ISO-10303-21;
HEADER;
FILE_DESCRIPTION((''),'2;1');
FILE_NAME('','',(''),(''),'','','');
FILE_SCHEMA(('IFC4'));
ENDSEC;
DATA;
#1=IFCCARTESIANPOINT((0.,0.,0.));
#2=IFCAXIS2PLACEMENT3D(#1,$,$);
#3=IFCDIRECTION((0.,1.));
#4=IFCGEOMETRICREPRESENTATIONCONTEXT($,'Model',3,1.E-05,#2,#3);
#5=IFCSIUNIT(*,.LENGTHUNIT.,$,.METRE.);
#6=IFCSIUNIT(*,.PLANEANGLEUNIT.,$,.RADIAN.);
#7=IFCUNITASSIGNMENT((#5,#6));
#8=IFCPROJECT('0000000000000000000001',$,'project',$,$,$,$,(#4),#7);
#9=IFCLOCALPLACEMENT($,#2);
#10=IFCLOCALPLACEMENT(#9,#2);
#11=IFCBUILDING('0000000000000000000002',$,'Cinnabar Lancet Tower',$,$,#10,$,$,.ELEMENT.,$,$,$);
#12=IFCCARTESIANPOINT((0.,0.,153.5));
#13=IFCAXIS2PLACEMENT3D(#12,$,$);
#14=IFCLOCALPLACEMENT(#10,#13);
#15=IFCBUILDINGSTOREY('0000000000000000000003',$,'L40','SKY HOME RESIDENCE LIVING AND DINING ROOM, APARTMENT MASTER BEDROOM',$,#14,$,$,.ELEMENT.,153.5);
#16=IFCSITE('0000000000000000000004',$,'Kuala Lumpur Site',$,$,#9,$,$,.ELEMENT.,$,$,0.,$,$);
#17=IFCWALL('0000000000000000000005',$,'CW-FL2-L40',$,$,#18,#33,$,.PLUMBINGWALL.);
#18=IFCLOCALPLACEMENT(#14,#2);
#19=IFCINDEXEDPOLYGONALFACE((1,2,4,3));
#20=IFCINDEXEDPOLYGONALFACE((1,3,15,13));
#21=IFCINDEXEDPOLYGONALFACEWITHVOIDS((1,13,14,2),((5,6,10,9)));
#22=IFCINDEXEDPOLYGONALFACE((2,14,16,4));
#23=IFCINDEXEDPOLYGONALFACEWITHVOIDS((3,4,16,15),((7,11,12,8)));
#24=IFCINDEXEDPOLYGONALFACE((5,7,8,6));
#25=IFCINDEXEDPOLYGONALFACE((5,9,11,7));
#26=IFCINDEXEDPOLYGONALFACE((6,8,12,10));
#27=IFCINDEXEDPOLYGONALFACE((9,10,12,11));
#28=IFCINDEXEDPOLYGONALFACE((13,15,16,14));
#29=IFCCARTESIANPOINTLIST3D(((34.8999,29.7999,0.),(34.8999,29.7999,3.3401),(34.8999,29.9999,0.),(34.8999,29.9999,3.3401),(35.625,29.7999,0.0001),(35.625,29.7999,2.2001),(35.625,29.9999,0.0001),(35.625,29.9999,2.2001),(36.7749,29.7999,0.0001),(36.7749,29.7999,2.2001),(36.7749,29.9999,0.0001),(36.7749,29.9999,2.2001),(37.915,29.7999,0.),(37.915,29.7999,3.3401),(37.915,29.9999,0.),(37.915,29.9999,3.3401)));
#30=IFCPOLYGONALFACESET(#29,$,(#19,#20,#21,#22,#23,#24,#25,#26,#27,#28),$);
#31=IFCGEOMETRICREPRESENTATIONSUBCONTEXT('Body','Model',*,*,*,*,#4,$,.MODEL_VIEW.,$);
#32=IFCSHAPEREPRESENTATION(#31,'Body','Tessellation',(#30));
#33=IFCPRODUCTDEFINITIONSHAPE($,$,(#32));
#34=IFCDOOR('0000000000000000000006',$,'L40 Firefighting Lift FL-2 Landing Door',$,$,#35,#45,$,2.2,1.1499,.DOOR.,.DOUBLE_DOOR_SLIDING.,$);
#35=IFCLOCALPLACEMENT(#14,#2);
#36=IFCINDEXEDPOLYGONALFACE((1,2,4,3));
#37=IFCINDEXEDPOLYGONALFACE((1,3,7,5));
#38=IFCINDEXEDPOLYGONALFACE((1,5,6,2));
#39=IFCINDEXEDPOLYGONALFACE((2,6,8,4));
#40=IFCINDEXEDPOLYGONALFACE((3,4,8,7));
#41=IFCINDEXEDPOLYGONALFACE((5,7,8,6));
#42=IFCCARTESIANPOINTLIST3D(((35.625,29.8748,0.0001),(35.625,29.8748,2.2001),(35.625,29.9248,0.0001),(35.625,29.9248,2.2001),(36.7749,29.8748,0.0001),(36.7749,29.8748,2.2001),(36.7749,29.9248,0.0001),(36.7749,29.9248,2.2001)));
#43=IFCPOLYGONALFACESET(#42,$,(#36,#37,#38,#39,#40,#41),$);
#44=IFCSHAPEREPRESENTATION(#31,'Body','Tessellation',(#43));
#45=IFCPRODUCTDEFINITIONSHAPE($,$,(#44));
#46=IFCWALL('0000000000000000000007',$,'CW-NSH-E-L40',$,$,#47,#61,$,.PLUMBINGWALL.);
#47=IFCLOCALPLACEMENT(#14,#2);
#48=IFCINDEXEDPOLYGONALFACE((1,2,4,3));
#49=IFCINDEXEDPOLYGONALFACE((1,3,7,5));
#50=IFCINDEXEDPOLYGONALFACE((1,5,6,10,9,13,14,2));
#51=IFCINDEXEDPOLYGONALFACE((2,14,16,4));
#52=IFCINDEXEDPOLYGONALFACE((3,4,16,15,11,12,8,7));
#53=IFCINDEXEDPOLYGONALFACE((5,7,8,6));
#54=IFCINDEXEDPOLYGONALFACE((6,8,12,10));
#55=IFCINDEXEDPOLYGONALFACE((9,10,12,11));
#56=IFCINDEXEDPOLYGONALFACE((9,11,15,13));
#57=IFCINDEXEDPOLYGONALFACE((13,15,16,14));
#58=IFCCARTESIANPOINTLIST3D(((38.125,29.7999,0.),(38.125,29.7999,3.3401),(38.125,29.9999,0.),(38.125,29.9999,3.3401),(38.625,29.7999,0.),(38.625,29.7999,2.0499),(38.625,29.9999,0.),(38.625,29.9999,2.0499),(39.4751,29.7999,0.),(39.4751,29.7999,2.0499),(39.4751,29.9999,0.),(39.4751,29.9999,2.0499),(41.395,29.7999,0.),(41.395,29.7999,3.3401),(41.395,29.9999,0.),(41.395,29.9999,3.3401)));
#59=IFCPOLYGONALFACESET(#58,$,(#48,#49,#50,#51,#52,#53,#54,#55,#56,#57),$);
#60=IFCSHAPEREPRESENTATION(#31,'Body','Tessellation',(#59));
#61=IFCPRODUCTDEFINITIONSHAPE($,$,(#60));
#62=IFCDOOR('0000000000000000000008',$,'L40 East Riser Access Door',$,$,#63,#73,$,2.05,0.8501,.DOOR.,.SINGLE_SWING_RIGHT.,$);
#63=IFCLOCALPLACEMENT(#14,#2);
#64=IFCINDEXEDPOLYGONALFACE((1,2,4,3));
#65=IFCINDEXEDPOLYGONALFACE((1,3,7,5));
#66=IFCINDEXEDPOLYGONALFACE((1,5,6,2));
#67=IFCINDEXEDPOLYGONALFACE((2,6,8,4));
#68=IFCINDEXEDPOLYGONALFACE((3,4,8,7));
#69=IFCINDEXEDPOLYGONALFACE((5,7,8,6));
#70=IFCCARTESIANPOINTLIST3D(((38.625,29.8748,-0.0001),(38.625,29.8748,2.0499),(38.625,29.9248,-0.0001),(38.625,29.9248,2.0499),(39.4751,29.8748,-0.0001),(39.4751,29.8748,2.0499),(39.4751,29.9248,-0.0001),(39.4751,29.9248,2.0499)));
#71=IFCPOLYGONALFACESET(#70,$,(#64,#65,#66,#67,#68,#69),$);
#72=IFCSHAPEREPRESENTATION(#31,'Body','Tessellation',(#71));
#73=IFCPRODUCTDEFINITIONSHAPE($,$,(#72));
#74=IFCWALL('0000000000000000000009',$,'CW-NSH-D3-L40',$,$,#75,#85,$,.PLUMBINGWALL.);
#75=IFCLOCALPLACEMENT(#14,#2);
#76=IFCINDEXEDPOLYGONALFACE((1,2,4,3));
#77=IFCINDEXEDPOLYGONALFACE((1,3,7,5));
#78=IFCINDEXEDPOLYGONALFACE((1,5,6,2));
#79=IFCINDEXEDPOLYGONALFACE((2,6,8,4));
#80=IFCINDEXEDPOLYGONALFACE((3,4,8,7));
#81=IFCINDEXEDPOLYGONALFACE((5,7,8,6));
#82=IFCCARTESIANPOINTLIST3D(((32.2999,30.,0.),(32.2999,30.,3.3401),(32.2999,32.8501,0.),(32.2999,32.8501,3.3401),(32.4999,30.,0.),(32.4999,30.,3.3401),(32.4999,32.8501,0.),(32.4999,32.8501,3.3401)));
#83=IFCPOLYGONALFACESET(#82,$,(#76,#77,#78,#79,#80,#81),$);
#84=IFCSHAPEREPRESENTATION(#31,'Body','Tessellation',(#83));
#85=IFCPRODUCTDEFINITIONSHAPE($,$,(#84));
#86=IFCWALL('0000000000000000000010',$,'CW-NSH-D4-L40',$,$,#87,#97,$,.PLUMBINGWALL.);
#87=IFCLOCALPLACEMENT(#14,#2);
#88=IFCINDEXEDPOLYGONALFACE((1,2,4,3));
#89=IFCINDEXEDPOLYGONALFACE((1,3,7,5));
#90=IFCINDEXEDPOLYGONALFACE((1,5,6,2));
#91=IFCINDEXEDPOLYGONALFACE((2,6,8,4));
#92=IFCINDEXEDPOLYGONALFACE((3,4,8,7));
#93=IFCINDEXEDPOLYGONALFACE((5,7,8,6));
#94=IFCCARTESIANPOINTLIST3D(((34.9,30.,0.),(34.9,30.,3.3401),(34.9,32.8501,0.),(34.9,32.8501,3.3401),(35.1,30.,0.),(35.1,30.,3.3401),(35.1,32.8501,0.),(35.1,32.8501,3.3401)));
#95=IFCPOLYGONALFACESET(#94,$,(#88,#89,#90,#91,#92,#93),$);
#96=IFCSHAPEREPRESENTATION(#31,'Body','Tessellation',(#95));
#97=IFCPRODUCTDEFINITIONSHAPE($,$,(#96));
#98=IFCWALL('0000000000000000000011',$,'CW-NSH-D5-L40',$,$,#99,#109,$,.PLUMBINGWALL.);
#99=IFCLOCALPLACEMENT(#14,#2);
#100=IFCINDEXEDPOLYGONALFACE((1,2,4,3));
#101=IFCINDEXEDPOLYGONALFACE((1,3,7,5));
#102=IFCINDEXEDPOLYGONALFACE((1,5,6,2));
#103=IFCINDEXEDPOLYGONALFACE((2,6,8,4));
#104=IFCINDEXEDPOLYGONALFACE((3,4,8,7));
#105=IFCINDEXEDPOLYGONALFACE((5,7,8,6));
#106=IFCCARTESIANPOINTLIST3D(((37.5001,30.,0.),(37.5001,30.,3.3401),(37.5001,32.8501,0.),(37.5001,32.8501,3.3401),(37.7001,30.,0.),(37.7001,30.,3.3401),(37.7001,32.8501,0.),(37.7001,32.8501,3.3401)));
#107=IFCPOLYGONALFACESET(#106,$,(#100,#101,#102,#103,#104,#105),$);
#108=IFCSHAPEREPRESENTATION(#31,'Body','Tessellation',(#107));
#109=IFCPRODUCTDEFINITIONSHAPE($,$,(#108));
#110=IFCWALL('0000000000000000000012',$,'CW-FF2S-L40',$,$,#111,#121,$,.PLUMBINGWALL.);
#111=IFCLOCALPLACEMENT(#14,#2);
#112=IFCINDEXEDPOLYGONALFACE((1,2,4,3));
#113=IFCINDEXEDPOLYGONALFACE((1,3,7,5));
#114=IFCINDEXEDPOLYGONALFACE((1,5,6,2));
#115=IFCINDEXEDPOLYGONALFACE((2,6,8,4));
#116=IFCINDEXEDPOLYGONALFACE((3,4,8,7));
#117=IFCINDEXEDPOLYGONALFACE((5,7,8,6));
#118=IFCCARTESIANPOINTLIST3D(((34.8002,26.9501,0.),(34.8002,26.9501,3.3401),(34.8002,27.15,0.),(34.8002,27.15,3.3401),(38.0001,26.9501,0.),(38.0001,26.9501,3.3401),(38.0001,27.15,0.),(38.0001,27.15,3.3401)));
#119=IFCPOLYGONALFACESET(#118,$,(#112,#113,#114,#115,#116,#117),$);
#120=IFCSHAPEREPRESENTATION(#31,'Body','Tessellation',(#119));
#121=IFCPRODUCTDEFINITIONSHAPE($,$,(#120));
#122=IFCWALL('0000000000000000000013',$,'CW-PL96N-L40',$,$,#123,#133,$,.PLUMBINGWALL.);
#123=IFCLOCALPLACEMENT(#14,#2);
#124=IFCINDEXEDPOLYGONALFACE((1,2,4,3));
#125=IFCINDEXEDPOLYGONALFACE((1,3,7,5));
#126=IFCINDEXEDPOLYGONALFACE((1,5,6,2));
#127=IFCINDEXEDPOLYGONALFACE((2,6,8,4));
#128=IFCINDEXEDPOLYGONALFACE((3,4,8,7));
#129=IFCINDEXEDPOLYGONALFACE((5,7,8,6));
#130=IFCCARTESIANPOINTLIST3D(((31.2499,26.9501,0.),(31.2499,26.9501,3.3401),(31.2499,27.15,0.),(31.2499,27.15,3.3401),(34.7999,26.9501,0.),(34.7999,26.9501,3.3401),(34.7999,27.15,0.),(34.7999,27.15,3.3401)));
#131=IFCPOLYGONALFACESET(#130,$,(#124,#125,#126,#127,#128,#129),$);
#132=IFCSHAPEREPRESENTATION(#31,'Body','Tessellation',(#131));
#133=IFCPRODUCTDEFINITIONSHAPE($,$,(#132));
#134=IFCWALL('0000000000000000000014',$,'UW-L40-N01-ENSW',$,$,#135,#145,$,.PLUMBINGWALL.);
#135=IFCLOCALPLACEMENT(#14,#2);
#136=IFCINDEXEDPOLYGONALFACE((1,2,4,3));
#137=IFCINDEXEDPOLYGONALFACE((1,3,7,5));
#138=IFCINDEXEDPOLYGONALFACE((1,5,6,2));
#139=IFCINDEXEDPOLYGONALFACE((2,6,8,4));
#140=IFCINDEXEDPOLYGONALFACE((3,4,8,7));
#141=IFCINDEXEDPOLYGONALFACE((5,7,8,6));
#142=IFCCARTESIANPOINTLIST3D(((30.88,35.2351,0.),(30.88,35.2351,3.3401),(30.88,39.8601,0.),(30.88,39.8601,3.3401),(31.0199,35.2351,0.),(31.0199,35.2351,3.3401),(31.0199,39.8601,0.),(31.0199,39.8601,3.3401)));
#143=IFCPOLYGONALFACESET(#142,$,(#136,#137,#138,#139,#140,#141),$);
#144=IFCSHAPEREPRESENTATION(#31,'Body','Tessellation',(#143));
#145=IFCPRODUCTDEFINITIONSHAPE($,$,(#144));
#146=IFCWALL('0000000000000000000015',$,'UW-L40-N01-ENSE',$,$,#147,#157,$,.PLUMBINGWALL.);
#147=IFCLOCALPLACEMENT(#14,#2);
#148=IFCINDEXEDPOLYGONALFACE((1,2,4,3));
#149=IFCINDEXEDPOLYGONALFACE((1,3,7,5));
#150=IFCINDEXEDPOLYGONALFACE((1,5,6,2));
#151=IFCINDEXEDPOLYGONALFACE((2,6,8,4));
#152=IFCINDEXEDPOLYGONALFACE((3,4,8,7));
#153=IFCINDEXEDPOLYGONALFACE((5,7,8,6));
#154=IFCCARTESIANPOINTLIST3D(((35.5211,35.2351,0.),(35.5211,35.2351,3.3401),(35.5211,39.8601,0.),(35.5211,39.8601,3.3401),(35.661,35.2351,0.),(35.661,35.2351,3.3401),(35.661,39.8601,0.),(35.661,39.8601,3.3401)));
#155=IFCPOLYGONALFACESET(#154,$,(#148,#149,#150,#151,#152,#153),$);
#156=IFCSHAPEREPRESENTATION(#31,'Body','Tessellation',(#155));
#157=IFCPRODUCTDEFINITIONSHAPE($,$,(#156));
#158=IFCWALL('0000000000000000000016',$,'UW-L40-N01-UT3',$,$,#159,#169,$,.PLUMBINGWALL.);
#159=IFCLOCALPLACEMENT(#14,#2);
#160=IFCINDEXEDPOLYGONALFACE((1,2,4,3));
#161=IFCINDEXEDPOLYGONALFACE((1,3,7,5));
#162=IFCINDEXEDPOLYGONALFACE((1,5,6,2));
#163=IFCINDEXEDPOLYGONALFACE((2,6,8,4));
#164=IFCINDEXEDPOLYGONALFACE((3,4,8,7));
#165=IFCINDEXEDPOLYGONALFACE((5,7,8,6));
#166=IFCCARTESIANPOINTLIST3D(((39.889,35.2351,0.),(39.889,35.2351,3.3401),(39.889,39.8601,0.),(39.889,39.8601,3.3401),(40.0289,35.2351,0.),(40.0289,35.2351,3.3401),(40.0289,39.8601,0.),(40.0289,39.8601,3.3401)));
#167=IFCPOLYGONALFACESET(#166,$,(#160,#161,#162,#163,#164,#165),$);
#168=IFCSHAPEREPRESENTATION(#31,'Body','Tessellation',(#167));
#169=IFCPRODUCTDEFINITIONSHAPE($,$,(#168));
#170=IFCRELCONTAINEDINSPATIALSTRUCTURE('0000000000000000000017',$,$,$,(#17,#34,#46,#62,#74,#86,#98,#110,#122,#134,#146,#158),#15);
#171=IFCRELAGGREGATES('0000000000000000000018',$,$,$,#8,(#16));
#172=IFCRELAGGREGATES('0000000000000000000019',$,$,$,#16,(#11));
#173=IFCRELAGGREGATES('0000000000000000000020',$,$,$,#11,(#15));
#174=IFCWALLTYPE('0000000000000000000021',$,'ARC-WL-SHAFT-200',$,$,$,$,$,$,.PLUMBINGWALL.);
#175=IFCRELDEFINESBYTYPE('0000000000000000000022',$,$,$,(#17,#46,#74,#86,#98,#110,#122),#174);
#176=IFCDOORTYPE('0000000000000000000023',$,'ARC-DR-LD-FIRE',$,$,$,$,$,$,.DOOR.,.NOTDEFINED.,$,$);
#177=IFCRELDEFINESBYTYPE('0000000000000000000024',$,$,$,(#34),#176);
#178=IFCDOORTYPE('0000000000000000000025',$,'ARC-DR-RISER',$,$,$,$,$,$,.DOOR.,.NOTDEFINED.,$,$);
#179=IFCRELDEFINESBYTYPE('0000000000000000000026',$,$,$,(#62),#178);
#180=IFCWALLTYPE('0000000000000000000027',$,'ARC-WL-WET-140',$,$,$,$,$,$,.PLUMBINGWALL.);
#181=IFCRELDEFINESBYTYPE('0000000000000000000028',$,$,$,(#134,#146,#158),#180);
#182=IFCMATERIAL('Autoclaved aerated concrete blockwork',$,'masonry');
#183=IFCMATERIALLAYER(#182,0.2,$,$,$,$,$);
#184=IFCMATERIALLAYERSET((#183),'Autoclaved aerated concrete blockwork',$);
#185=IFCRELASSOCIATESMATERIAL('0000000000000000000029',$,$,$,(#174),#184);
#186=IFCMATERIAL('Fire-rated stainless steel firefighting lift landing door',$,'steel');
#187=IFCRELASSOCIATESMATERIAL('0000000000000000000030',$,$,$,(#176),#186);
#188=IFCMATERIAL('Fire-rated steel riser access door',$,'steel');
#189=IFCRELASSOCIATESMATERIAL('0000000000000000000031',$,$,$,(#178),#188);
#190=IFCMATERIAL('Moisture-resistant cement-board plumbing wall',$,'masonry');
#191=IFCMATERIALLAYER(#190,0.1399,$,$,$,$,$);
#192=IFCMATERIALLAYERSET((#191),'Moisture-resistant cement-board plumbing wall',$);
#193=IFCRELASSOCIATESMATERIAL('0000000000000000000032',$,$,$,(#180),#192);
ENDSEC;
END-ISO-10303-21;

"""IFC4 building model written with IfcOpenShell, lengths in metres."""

from ifc_helpers import new_model, si_unit, direction, frame, frame_2d, origin, place, context, subcontext, project, spatial, rectangle, extrude, material, layer, layer_set, type_object, element, fill, save


model = new_model("IFC4")

# Units and contexts
model_context = context("Model", 3, precision=1e-05, world=origin(), true_north=direction((0.0, 1.0)))
body_context = subcontext(model_context, "Body", "Model", "MODEL_VIEW")
ifc_project = project(units=[si_unit("LENGTHUNIT", "METRE"), si_unit("PLANEANGLEUNIT", "RADIAN")], contexts=[model_context])

# Site, building, storey
site_placement = place(None, origin())
site = spatial("IfcSite", under=ifc_project, at=site_placement, Name="Kuala Lumpur Site", CompositionType="ELEMENT", RefElevation=0.0)
building_placement = place(site_placement, origin())
building = spatial("IfcBuilding", under=site, at=building_placement, Name="Cinnabar Lancet Tower", CompositionType="ELEMENT")
storey_placement = place(building_placement, frame((0.0, 0.0, 153.5)))
storey = spatial("IfcBuildingStorey", under=building, at=storey_placement, Name="L40", Description="SKY HOME RESIDENCE LIVING AND DINING ROOM, APARTMENT MASTER BEDROOM", CompositionType="ELEMENT", Elevation=153.5)

# Walls, openings, doors
ifc_material_1 = material(Name="Autoclaved aerated concrete blockwork", Category="masonry")
ifc_layer_1 = layer(ifc_material_1, 0.2)
ifc_layer_set_1 = layer_set([ifc_layer_1], Name="Autoclaved aerated concrete blockwork")
wall_type_1 = type_object("IfcWallType", Name="ARC-WL-SHAFT-200", PredefinedType="PLUMBINGWALL", material=ifc_layer_set_1)
wall_1_placement = place(storey_placement, frame((34.8999, 29.8999, 0.0), z_axis=(0.0, 0.0, 1.0), x_axis=(1.0, 0.0, 0.0)))
wall_1 = element("IfcWall", 1, at=wall_1_placement, inside=storey, type_object=wall_type_1, Name="CW-FL2-L40", PredefinedType="PLUMBINGWALL", context=body_context, shape_type="SweptSolid", body=[
    extrude(rectangle(XDim=3.0151, YDim=0.2, at=frame_2d((1.5076, 0.0))), origin(), (0.0, 0.0, 1.0), 3.3401),
])
opening_1_placement = place(wall_1_placement, frame((0.7251, 0.0, 0.0)))
opening_1 = element("IfcOpeningElement", 2, at=opening_1_placement, cuts=wall_1, PredefinedType="OPENING", context=body_context, shape_type="SweptSolid", body=[
    extrude(rectangle(XDim=1.1499, YDim=2.2, at=frame_2d((0.575, 1.1001))), frame((0.0, 0.1099, 0.0), z_axis=(0.0, -1.0, 0.0), x_axis=(1.0, 0.0, 0.0)), (0.0, 0.0, 1.0), 0.22),
])
ifc_material_2 = material(Name="Fire-rated stainless steel firefighting lift landing door", Category="steel")
door_type_1 = type_object("IfcDoorType", Name="ARC-DR-LD-FIRE", OperationType="NOTDEFINED", PredefinedType="DOOR", material=ifc_material_2)
door_1_placement = place(opening_1_placement, origin())
door_1 = element("IfcDoor", 3, at=door_1_placement, inside=storey, type_object=door_type_1, Name="L40 Firefighting Lift FL-2 Landing Door", OperationType="DOUBLE_DOOR_SLIDING", OverallHeight=2.2, OverallWidth=1.1499, PredefinedType="DOOR", context=body_context, shape_type="SweptSolid", body=[
    extrude(rectangle(XDim=1.1499, YDim=2.2, at=frame_2d((0.575, 1.1001))), frame((0.0, 0.0249, 0.0), z_axis=(0.0, -1.0, 0.0), x_axis=(1.0, 0.0, 0.0)), (0.0, 0.0, 1.0), 0.05),
])
fill(opening_1, door_1)
wall_2_placement = place(storey_placement, frame((38.125, 29.8999, 0.0), z_axis=(0.0, 0.0, 1.0), x_axis=(1.0, 0.0, 0.0)))
wall_2 = element("IfcWall", 4, at=wall_2_placement, inside=storey, type_object=wall_type_1, Name="CW-NSH-E-L40", PredefinedType="PLUMBINGWALL", context=body_context, shape_type="SweptSolid", body=[
    extrude(rectangle(XDim=3.27, YDim=0.2, at=frame_2d((1.635, 0.0))), origin(), (0.0, 0.0, 1.0), 3.3401),
])
opening_2_placement = place(wall_2_placement, frame((0.5, 0.0, 0.0)))
opening_2 = element("IfcOpeningElement", 5, at=opening_2_placement, cuts=wall_2, PredefinedType="OPENING", context=body_context, shape_type="SweptSolid", body=[
    extrude(rectangle(XDim=0.8501, YDim=2.05, at=frame_2d((0.425, 1.0249))), frame((0.0, 0.1099, 0.0), z_axis=(0.0, -1.0, 0.0), x_axis=(1.0, 0.0, 0.0)), (0.0, 0.0, 1.0), 0.22),
])
ifc_material_3 = material(Name="Fire-rated steel riser access door", Category="steel")
door_type_2 = type_object("IfcDoorType", Name="ARC-DR-RISER", OperationType="NOTDEFINED", PredefinedType="DOOR", material=ifc_material_3)
door_2_placement = place(opening_2_placement, origin())
door_2 = element("IfcDoor", 6, at=door_2_placement, inside=storey, type_object=door_type_2, Name="L40 East Riser Access Door", OperationType="SINGLE_SWING_RIGHT", OverallHeight=2.05, OverallWidth=0.8501, PredefinedType="DOOR", context=body_context, shape_type="SweptSolid", body=[
    extrude(rectangle(XDim=0.8501, YDim=2.05, at=frame_2d((0.425, 1.0249))), frame((0.0, 0.0249, 0.0), z_axis=(0.0, -1.0, 0.0), x_axis=(1.0, 0.0, 0.0)), (0.0, 0.0, 1.0), 0.05),
])
fill(opening_2, door_2)

# Walls
for number, where, z_axis, x_axis, name in (
    (7, (32.3999, 30.0, 0.0), (0.0, 0.0, 1.0), (0.0, 1.0, 0.0), "CW-NSH-D3-L40"),
    (8, (35.0, 30.0, 0.0), (0.0, 0.0, 1.0), (0.0, 1.0, 0.0), "CW-NSH-D4-L40"),
    (9, (37.6001, 30.0, 0.0), (0.0, 0.0, 1.0), (0.0, 1.0, 0.0), "CW-NSH-D5-L40"),
):
    element("IfcWall", number, at=place(storey_placement, frame(where, z_axis=z_axis, x_axis=x_axis)), inside=storey, type_object=wall_type_1, Name=name, PredefinedType="PLUMBINGWALL", context=body_context, shape_type="SweptSolid", body=[
        extrude(rectangle(XDim=2.8501, YDim=0.2, at=frame_2d((1.425, 0.0))), origin(), (0.0, 0.0, 1.0), 3.3401),
    ])

# Walls
wall_3_placement = place(storey_placement, frame((34.8, 27.05, 0.0), z_axis=(0.0, 0.0, 1.0), x_axis=(1.0, 0.0, 0.0)))
element("IfcWall", 10, at=wall_3_placement, inside=storey, type_object=wall_type_1, Name="CW-FF2S-L40", PredefinedType="PLUMBINGWALL", context=body_context, shape_type="SweptSolid", body=[
    extrude(rectangle(XDim=3.2, YDim=0.2, at=frame_2d((1.6001, 0.0))), origin(), (0.0, 0.0, 1.0), 3.3401),
])
wall_4_placement = place(storey_placement, frame((31.25, 27.05, 0.0), z_axis=(0.0, 0.0, 1.0), x_axis=(1.0, 0.0, 0.0)))
element("IfcWall", 11, at=wall_4_placement, inside=storey, type_object=wall_type_1, Name="CW-PL96N-L40", PredefinedType="PLUMBINGWALL", context=body_context, shape_type="SweptSolid", body=[
    extrude(rectangle(XDim=3.55, YDim=0.2, at=frame_2d((1.7749, 0.0))), origin(), (0.0, 0.0, 1.0), 3.3401),
])
ifc_material_4 = material(Name="Moisture-resistant cement-board plumbing wall", Category="masonry")
ifc_layer_2 = layer(ifc_material_4, 0.1399)
ifc_layer_set_2 = layer_set([ifc_layer_2], Name="Moisture-resistant cement-board plumbing wall")
wall_type_2 = type_object("IfcWallType", Name="ARC-WL-WET-140", PredefinedType="PLUMBINGWALL", material=ifc_layer_set_2)
for number, where, z_axis, x_axis, name in (
    (12, (30.95, 35.2351, 0.0), (0.0, 0.0, 1.0), (0.0, 1.0, 0.0), "UW-L40-N01-ENSW"),
    (13, (35.5911, 35.2351, 0.0), (0.0, 0.0, 1.0), (0.0, 1.0, 0.0), "UW-L40-N01-ENSE"),
    (14, (39.959, 35.2351, 0.0), (0.0, 0.0, 1.0), (0.0, 1.0, 0.0), "UW-L40-N01-UT3"),
):
    element("IfcWall", number, at=place(storey_placement, frame(where, z_axis=z_axis, x_axis=x_axis)), inside=storey, type_object=wall_type_2, Name=name, PredefinedType="PLUMBINGWALL", context=body_context, shape_type="SweptSolid", body=[
        extrude(rectangle(XDim=4.625, YDim=0.1399, at=frame_2d((2.3125, 0.0))), origin(), (0.0, 0.0, 1.0), 3.3401),
    ])

save(model, "model.ifc")
